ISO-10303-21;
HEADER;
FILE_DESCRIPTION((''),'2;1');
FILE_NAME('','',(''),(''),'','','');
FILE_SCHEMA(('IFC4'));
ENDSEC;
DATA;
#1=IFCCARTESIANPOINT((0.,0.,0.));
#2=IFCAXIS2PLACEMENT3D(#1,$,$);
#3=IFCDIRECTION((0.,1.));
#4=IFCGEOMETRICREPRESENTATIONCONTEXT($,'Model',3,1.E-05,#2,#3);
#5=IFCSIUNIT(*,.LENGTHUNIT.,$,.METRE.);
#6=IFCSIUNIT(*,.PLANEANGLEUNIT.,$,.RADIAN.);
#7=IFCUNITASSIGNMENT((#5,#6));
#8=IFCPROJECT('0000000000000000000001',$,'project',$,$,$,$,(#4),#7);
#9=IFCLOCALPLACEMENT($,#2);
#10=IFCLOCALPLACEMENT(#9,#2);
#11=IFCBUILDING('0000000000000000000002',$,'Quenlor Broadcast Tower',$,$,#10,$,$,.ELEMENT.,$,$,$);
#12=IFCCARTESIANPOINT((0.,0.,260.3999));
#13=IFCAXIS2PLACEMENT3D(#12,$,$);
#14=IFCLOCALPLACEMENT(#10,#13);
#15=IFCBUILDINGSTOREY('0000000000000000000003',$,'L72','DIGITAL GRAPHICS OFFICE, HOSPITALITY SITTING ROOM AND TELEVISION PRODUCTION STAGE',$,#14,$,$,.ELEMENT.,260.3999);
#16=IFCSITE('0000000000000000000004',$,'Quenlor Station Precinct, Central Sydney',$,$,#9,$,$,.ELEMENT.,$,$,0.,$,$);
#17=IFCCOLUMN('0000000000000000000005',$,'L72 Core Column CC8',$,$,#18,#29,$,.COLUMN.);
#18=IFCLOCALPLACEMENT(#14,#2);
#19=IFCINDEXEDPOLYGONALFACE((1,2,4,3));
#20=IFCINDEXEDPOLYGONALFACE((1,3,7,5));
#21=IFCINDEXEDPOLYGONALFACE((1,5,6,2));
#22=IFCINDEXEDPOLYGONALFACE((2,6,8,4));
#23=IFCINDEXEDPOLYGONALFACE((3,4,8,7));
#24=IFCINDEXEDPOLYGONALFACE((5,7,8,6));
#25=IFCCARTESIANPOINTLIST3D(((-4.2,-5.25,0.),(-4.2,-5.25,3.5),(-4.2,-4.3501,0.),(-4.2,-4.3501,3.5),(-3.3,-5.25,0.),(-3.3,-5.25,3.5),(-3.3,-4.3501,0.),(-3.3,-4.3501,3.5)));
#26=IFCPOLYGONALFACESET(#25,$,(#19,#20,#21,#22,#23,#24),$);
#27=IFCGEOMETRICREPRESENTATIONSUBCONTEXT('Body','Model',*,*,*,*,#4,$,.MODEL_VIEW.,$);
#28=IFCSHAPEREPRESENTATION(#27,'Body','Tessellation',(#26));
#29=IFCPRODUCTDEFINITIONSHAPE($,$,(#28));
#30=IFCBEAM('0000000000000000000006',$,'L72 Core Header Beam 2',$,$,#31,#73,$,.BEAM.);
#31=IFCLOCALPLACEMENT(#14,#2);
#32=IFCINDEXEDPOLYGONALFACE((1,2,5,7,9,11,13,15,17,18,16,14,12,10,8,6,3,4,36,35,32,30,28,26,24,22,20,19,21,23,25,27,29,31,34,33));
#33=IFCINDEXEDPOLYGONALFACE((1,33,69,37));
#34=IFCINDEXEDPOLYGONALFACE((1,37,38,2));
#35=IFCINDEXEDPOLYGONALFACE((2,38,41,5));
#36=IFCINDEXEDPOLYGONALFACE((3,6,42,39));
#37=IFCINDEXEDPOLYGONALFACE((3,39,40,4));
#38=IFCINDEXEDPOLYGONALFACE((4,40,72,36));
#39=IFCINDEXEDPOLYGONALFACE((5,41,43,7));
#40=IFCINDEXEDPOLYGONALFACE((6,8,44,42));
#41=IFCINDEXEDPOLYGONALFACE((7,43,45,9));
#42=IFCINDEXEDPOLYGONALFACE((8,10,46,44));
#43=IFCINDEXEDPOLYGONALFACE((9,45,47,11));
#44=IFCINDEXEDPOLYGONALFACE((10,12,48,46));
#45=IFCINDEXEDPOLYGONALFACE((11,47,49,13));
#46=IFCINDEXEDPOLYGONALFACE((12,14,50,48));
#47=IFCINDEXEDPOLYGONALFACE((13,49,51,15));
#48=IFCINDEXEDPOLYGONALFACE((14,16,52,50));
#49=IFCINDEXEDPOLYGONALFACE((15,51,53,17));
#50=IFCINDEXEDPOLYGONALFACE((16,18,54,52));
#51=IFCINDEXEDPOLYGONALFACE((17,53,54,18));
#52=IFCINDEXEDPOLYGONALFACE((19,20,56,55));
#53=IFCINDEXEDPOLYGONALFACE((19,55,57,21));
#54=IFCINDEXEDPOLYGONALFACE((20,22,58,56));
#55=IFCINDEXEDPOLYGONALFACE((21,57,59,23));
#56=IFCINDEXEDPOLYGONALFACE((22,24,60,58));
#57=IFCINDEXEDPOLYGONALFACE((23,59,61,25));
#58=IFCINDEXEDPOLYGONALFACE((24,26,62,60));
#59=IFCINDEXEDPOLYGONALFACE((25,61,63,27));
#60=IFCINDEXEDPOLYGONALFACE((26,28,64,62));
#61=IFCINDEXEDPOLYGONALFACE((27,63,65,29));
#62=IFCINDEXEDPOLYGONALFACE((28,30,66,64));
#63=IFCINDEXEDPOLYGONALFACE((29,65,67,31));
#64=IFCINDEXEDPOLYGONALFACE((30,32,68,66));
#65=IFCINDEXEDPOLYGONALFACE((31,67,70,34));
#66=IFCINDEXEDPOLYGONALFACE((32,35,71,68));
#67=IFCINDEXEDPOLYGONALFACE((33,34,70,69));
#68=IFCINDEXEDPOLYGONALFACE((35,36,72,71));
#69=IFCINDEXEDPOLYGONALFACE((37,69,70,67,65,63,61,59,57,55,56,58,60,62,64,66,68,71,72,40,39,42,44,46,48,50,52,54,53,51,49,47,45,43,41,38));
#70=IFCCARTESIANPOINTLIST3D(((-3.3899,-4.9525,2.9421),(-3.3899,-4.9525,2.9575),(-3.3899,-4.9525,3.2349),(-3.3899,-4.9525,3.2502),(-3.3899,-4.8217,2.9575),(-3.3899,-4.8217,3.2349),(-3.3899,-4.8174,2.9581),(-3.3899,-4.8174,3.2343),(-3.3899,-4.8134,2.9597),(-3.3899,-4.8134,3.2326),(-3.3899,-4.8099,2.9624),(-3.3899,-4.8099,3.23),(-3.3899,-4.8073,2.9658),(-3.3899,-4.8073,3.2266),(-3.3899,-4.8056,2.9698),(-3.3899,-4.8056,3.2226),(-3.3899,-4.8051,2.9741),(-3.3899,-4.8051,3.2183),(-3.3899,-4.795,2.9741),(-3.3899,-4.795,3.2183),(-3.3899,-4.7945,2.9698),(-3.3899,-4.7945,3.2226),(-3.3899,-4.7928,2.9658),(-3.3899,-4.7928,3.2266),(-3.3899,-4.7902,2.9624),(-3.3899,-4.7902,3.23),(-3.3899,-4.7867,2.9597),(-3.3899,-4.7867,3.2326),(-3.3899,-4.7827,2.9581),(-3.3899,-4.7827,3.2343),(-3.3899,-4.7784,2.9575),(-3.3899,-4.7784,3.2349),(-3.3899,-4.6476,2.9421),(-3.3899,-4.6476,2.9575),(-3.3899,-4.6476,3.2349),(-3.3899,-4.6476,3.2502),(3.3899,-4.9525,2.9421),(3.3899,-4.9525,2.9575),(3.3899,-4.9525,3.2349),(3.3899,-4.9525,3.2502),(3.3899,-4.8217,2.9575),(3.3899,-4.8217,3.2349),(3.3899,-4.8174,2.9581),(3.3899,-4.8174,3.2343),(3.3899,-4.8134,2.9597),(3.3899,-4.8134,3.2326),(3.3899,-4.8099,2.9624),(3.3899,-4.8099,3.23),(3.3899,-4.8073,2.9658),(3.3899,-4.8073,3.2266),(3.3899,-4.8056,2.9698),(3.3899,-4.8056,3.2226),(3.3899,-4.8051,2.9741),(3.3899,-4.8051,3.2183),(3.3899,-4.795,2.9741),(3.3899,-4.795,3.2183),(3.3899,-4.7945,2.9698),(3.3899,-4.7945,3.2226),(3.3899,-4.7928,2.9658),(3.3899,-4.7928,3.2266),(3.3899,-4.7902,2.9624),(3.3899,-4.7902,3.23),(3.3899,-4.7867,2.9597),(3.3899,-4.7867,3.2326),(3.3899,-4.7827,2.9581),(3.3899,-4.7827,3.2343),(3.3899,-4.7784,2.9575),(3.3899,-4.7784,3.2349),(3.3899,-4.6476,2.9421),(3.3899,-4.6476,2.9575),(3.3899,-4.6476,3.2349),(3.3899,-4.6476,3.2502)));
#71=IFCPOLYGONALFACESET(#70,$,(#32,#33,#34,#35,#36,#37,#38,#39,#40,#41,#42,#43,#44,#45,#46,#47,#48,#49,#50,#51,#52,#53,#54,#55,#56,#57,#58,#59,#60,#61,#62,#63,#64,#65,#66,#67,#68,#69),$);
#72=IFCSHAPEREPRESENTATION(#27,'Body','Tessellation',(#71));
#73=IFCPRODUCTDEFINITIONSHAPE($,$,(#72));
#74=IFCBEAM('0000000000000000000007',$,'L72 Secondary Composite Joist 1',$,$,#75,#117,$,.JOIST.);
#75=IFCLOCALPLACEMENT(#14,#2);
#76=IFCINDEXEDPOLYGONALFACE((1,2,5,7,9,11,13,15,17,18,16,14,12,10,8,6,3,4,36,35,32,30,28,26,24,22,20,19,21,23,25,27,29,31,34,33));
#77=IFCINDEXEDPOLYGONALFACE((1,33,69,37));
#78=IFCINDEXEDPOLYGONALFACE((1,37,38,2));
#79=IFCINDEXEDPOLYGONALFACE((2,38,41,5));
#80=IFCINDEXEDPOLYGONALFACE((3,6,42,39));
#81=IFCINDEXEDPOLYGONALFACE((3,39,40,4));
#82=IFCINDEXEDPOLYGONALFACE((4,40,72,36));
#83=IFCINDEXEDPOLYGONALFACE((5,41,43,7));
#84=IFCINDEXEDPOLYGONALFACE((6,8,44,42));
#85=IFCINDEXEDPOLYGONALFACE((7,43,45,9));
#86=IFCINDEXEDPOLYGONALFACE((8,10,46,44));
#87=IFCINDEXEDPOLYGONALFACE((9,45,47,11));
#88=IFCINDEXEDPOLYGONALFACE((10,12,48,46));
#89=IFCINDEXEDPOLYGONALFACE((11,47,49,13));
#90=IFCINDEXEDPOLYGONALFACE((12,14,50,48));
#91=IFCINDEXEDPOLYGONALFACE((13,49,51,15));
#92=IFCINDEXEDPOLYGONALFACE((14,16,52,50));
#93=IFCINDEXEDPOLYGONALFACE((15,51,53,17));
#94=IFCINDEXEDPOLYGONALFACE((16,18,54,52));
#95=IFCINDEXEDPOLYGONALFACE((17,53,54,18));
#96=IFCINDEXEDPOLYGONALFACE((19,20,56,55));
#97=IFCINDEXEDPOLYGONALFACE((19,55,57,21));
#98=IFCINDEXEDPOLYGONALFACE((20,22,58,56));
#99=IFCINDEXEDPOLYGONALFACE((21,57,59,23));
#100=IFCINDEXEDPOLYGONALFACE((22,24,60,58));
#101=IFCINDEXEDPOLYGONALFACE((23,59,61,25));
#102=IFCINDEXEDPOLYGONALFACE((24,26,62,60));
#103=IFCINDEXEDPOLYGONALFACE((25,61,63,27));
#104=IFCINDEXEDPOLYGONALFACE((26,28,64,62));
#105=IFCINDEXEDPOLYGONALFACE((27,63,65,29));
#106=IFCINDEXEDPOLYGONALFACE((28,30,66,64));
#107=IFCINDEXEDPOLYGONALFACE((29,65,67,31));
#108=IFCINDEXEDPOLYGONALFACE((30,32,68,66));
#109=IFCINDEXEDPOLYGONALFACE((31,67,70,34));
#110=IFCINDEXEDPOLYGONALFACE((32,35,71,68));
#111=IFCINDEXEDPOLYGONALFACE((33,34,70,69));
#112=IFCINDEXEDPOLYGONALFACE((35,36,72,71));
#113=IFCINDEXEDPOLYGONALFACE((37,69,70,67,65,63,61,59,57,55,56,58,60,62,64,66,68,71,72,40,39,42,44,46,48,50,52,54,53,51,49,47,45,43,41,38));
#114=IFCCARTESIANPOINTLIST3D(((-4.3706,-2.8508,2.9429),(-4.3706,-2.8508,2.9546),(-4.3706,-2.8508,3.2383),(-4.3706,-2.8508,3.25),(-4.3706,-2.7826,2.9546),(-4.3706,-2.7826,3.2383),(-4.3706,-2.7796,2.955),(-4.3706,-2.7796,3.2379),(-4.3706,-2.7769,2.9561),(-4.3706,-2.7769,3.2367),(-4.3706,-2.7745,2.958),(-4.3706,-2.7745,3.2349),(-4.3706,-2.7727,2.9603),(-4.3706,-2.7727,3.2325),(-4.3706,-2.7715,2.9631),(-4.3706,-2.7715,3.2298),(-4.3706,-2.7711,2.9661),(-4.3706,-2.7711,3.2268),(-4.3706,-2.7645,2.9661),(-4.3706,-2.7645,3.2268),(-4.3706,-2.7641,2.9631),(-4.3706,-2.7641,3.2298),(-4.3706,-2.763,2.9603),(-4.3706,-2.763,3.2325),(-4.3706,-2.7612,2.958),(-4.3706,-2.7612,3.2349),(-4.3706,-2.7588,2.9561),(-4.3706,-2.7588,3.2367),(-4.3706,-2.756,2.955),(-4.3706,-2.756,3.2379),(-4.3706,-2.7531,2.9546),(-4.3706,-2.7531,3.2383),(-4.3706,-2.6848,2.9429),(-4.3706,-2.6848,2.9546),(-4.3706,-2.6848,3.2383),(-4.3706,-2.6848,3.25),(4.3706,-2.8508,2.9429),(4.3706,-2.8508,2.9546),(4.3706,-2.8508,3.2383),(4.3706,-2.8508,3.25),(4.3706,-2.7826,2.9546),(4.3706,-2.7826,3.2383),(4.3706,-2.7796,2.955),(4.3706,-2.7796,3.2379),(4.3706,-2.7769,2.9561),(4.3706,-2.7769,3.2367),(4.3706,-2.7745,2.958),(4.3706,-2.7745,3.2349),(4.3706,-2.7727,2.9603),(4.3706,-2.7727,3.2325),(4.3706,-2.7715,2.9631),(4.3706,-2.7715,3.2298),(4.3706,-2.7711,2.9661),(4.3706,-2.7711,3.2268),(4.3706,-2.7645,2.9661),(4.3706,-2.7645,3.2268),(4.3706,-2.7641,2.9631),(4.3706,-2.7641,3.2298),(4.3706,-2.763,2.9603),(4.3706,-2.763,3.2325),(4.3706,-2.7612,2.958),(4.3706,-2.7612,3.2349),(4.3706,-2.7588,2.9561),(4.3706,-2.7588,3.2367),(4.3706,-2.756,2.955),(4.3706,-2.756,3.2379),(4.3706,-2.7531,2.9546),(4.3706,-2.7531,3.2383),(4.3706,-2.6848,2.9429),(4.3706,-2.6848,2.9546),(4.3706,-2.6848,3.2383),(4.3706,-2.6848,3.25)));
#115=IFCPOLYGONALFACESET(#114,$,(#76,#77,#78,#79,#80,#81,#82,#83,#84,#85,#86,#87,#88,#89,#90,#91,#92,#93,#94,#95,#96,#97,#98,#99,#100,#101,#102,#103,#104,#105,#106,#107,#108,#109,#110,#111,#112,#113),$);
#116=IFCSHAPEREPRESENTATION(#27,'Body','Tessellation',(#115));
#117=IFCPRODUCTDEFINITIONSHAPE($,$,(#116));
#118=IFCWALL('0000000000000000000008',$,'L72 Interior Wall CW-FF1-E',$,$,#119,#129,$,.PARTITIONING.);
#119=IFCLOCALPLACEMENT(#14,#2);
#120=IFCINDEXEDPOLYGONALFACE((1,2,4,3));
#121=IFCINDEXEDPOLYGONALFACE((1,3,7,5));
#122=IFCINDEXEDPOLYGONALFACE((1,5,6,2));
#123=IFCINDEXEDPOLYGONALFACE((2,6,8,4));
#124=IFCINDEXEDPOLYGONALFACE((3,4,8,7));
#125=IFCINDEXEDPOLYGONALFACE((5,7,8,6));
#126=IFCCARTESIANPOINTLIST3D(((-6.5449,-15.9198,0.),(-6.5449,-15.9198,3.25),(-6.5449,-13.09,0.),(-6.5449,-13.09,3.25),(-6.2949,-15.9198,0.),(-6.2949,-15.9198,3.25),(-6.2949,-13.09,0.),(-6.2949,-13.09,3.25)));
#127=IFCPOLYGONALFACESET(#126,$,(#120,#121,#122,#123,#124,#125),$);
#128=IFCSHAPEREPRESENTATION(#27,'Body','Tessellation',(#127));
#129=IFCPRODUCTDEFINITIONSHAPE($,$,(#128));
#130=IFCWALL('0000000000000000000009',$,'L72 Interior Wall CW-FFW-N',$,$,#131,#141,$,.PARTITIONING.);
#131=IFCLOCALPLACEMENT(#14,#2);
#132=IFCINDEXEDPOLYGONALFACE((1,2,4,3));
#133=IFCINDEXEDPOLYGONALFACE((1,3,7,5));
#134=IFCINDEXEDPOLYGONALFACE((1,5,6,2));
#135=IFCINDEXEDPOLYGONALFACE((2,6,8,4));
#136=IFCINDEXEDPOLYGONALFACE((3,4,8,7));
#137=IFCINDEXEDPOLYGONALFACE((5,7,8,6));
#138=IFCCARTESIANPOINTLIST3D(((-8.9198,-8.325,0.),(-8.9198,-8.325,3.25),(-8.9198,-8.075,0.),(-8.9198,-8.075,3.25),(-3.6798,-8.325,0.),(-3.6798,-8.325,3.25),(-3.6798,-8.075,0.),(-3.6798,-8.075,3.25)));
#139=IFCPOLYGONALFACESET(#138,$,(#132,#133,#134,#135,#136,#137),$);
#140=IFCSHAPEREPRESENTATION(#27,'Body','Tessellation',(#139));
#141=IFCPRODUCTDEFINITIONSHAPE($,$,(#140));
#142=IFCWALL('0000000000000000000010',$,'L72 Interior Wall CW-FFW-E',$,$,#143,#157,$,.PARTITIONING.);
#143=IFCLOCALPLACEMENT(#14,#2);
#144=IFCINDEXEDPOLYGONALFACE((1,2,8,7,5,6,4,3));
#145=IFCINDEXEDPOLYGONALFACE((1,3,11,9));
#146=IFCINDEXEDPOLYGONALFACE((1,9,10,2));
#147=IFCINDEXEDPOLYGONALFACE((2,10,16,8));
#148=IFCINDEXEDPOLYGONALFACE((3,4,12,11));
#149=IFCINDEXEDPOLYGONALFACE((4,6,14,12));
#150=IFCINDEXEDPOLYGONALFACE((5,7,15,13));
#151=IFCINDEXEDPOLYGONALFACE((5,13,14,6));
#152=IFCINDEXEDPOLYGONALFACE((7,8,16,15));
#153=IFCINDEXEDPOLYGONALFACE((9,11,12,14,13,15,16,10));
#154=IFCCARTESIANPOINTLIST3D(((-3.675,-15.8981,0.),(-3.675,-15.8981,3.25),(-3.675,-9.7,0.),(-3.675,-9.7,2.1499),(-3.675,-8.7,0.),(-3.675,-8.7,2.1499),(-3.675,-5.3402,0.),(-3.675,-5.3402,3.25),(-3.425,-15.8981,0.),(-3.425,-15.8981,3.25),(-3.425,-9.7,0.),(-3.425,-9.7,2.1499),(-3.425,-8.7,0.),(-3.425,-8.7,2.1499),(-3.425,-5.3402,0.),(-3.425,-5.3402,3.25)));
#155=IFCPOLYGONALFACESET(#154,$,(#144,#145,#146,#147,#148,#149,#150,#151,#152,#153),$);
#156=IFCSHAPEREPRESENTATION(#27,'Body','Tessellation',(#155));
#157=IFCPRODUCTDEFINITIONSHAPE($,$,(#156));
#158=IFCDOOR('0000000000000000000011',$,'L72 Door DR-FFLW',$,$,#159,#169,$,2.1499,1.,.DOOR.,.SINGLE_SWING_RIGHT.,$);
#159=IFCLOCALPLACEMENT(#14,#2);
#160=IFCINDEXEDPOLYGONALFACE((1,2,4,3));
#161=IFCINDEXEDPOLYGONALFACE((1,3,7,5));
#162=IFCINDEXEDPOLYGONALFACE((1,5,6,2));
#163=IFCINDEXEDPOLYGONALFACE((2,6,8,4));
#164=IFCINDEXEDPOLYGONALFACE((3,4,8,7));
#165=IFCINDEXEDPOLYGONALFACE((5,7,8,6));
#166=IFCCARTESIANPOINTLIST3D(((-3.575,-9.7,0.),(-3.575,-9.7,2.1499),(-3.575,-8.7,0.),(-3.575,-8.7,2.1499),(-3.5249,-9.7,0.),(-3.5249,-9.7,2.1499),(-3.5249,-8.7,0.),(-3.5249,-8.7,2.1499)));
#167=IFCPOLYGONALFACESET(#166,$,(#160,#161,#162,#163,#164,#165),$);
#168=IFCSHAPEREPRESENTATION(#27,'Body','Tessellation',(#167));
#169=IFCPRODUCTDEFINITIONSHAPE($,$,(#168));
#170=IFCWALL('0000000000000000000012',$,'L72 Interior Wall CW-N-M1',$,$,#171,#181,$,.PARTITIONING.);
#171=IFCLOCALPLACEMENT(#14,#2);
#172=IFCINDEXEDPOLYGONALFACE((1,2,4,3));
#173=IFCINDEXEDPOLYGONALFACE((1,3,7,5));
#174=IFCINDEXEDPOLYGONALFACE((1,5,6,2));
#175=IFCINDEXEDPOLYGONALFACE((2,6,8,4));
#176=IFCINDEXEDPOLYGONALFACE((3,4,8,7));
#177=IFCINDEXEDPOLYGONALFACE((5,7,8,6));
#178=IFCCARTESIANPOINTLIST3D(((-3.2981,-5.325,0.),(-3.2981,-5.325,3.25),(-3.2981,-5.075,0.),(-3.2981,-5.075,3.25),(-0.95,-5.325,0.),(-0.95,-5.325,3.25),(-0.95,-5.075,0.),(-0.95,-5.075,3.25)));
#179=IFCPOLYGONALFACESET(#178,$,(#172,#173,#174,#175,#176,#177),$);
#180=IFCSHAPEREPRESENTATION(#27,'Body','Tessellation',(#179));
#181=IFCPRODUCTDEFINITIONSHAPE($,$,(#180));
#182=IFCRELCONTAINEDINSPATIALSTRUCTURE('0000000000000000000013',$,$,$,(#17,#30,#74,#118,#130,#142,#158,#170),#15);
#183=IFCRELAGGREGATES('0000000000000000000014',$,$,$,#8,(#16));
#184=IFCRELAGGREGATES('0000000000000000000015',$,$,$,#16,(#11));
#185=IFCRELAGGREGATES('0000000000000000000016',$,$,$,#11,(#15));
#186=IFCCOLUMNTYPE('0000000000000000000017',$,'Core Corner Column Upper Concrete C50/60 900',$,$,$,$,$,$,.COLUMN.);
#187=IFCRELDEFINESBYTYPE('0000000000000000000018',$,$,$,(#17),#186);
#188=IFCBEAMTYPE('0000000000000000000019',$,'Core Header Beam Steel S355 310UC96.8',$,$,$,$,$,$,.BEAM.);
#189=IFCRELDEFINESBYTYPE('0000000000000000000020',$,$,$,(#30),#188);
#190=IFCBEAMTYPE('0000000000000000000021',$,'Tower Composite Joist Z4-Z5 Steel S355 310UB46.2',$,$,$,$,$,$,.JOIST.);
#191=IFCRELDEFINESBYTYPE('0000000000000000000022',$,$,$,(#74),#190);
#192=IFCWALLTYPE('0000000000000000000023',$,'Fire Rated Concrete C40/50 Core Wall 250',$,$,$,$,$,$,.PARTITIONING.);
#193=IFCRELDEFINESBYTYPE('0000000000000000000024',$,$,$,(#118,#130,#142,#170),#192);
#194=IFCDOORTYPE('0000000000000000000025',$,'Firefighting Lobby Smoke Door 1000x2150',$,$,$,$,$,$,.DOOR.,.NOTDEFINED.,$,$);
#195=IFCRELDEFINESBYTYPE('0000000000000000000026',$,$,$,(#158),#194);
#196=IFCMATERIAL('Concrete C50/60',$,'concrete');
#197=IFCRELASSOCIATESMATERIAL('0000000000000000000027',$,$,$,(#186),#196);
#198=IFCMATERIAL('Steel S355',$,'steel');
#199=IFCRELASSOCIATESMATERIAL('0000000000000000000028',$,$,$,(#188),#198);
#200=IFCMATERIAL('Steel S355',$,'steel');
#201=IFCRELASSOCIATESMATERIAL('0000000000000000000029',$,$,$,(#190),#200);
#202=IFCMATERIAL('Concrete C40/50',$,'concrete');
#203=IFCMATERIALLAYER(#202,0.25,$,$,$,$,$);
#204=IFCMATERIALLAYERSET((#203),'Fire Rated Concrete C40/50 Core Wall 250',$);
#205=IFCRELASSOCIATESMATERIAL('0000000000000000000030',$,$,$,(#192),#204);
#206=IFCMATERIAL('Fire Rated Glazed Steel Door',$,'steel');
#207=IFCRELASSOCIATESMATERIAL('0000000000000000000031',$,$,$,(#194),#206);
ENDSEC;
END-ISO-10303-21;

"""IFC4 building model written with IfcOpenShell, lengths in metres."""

from ifc_helpers import new_model, si_unit, direction, frame, frame_2d, origin, origin_2d, place, context, subcontext, project, spatial, rectangle, i_section, extrude, material, layer, layer_set, material_profile, profile_set, type_object, element, fill, save


model = new_model("IFC4")

# Units and contexts
model_context = context("Model", 3, precision=1e-05, world=origin(), true_north=direction((0.0, 1.0)))
body_context = subcontext(model_context, "Body", "Model", "MODEL_VIEW")
ifc_project = project(units=[si_unit("LENGTHUNIT", "METRE"), si_unit("PLANEANGLEUNIT", "RADIAN")], contexts=[model_context])

# Site, building, storey
site_placement = place(None, origin())
site = spatial("IfcSite", under=ifc_project, at=site_placement, Name="Quenlor Station Precinct, Central Sydney", CompositionType="ELEMENT", RefElevation=0.0)
building_placement = place(site_placement, origin())
building = spatial("IfcBuilding", under=site, at=building_placement, Name="Quenlor Broadcast Tower", CompositionType="ELEMENT")
storey_placement = place(building_placement, frame((0.0, 0.0, 260.3999)))
storey = spatial("IfcBuildingStorey", under=building, at=storey_placement, Name="L72", Description="DIGITAL GRAPHICS OFFICE, HOSPITALITY SITTING ROOM AND TELEVISION PRODUCTION STAGE", CompositionType="ELEMENT", Elevation=260.3999)

# Column
ifc_material_1 = material(Name="Concrete C50/60", Category="concrete")
ifc_material_profile_1 = material_profile(ifc_material_1, rectangle(XDim=0.8999, YDim=0.8999, at=origin_2d()))
ifc_profile_set_1 = profile_set([ifc_material_profile_1], Name="Concrete C50/60 RC900x900")
column_type = type_object("IfcColumnType", Name="Core Corner Column Upper Concrete C50/60 900", PredefinedType="COLUMN", material=ifc_profile_set_1)
column_placement = place(storey_placement, frame((-3.75, -4.8, 0.0), z_axis=(0.0, 0.0, 1.0), x_axis=(1.0, 0.0, 0.0)))
element("IfcColumn", 1, at=column_placement, inside=storey, type_object=column_type, Name="L72 Core Column CC8", PredefinedType="COLUMN", context=body_context, shape_type="SweptSolid", body=[
    extrude(rectangle(XDim=0.8999, YDim=0.8999, at=origin_2d()), origin(), (0.0, 0.0, 1.0), 3.5),
])

# Beams
ifc_material_2 = material(Name="Steel S355", Category="steel")
ifc_material_profile_2 = material_profile(ifc_material_2, i_section(OverallWidth=0.3049, OverallDepth=0.3081, WebThickness=0.01, FlangeThickness=0.0154, FilletRadius=0.0166, at=origin_2d()))
ifc_profile_set_2 = profile_set([ifc_material_profile_2], Name="Steel S355 310UC96.8")
beam_type_1 = type_object("IfcBeamType", Name="Core Header Beam Steel S355 310UC96.8", PredefinedType="BEAM", material=ifc_profile_set_2)
beam_1_placement = place(storey_placement, frame((-3.3899, -4.8, 3.0962), z_axis=(1.0, 0.0, 0.0), x_axis=(0.0, 1.0, 0.0)))
element("IfcBeam", 2, at=beam_1_placement, inside=storey, type_object=beam_type_1, Name="L72 Core Header Beam 2", PredefinedType="BEAM", context=body_context, shape_type="SweptSolid", body=[
    extrude(i_section(OverallWidth=0.3049, OverallDepth=0.3081, WebThickness=0.01, FlangeThickness=0.0154, FilletRadius=0.0166, at=origin_2d()), origin(), (0.0, 0.0, 1.0), 6.7798),
])
ifc_material_3 = material(Name="Steel S355", Category="steel")
ifc_material_profile_3 = material_profile(ifc_material_3, i_section(OverallWidth=0.166, OverallDepth=0.3071, WebThickness=0.0066, FlangeThickness=0.0117, FilletRadius=0.0115, at=origin_2d()))
ifc_profile_set_3 = profile_set([ifc_material_profile_3], Name="Steel S355 310UB46.2")
beam_type_2 = type_object("IfcBeamType", Name="Tower Composite Joist Z4-Z5 Steel S355 310UB46.2", PredefinedType="JOIST", material=ifc_profile_set_3)
beam_2_placement = place(storey_placement, frame((-4.3706, -2.7678, 3.0964), z_axis=(1.0, 0.0, 0.0), x_axis=(0.0, 1.0, 0.0)))
element("IfcBeam", 3, at=beam_2_placement, inside=storey, type_object=beam_type_2, Name="L72 Secondary Composite Joist 1", PredefinedType="JOIST", context=body_context, shape_type="SweptSolid", body=[
    extrude(i_section(OverallWidth=0.166, OverallDepth=0.3071, WebThickness=0.0066, FlangeThickness=0.0117, FilletRadius=0.0115, at=origin_2d()), origin(), (0.0, 0.0, 1.0), 8.7412),
])

# Shared definitions
ifc_material_4 = material(Name="Concrete C40/50", Category="concrete")
ifc_layer_1 = layer(ifc_material_4, 0.25)
ifc_layer_set_1 = layer_set([ifc_layer_1], Name="Fire Rated Concrete C40/50 Core Wall 250")
wall_type_1 = type_object("IfcWallType", Name="Fire Rated Concrete C40/50 Core Wall 250", PredefinedType="PARTITIONING", material=ifc_layer_set_1)

# Walls
wall_1_placement = place(storey_placement, frame((-6.4199, -15.9199, 0.0), z_axis=(0.0, 0.0, 1.0), x_axis=(0.0, 1.0, 0.0)))
element("IfcWall", 4, at=wall_1_placement, inside=storey, type_object=wall_type_1, Name="L72 Interior Wall CW-FF1-E", PredefinedType="PARTITIONING", context=body_context, shape_type="SweptSolid", body=[
    extrude(rectangle(XDim=2.8298, YDim=0.25, at=frame_2d((1.415, 0.0))), origin(), (0.0, 0.0, 1.0), 3.25),
])
wall_2_placement = place(storey_placement, frame((-8.9199, -8.2, 0.0), z_axis=(0.0, 0.0, 1.0), x_axis=(1.0, 0.0, 0.0)))
element("IfcWall", 5, at=wall_2_placement, inside=storey, type_object=wall_type_1, Name="L72 Interior Wall CW-FFW-N", PredefinedType="PARTITIONING", context=body_context, shape_type="SweptSolid", body=[
    extrude(rectangle(XDim=5.24, YDim=0.25, at=frame_2d((2.6201, 0.0))), origin(), (0.0, 0.0, 1.0), 3.25),
])

# Wall, opening, door
wall_3_placement = place(storey_placement, frame((-3.55, -15.8979, 0.0), z_axis=(0.0, 0.0, 1.0), x_axis=(0.0, 1.0, 0.0)))
wall_3 = element("IfcWall", 6, at=wall_3_placement, inside=storey, type_object=wall_type_1, Name="L72 Interior Wall CW-FFW-E", PredefinedType="PARTITIONING", context=body_context, shape_type="SweptSolid", body=[
    extrude(rectangle(XDim=10.5579, YDim=0.25, at=frame_2d((5.2788, 0.0))), origin(), (0.0, 0.0, 1.0), 3.25),
])
opening_1_placement = place(wall_3_placement, frame((6.198, 0.0, 0.0)))
opening_1 = element("IfcOpeningElement", 7, at=opening_1_placement, cuts=wall_3, PredefinedType="OPENING", context=body_context, shape_type="SweptSolid", body=[
    extrude(rectangle(XDim=1.0, YDim=2.1499, at=frame_2d((0.5, 1.075))), frame((0.0, 0.135, 0.0), z_axis=(0.0, -1.0, 0.0), x_axis=(1.0, 0.0, 0.0)), (0.0, 0.0, 1.0), 0.27),
])
ifc_material_5 = material(Name="Fire Rated Glazed Steel Door", Category="steel")
door_type_1 = type_object("IfcDoorType", Name="Firefighting Lobby Smoke Door 1000x2150", OperationType="NOTDEFINED", PredefinedType="DOOR", material=ifc_material_5)
door_1_placement = place(opening_1_placement, origin())
door_1 = element("IfcDoor", 8, at=door_1_placement, inside=storey, type_object=door_type_1, Name="L72 Door DR-FFLW", OperationType="SINGLE_SWING_RIGHT", OverallHeight=2.1499, OverallWidth=1.0, PredefinedType="DOOR", context=body_context, shape_type="SweptSolid", body=[
    extrude(rectangle(XDim=1.0, YDim=2.1499, at=frame_2d((0.5, 1.075))), frame((0.0, 0.0249, 0.0), z_axis=(0.0, -1.0, 0.0), x_axis=(1.0, 0.0, 0.0)), (0.0, 0.0, 1.0), 0.05),
])
fill(opening_1, door_1)

# Wall
wall_4_placement = place(storey_placement, frame((-3.2981, -5.2, 0.0), z_axis=(0.0, 0.0, 1.0), x_axis=(1.0, 0.0, 0.0)))
element("IfcWall", 9, at=wall_4_placement, inside=storey, type_object=wall_type_1, Name="L72 Interior Wall CW-N-M1", PredefinedType="PARTITIONING", context=body_context, shape_type="SweptSolid", body=[
    extrude(rectangle(XDim=2.3481, YDim=0.25, at=frame_2d((1.1741, 0.0))), origin(), (0.0, 0.0, 1.0), 3.25),
])

save(model, "model.ifc")
